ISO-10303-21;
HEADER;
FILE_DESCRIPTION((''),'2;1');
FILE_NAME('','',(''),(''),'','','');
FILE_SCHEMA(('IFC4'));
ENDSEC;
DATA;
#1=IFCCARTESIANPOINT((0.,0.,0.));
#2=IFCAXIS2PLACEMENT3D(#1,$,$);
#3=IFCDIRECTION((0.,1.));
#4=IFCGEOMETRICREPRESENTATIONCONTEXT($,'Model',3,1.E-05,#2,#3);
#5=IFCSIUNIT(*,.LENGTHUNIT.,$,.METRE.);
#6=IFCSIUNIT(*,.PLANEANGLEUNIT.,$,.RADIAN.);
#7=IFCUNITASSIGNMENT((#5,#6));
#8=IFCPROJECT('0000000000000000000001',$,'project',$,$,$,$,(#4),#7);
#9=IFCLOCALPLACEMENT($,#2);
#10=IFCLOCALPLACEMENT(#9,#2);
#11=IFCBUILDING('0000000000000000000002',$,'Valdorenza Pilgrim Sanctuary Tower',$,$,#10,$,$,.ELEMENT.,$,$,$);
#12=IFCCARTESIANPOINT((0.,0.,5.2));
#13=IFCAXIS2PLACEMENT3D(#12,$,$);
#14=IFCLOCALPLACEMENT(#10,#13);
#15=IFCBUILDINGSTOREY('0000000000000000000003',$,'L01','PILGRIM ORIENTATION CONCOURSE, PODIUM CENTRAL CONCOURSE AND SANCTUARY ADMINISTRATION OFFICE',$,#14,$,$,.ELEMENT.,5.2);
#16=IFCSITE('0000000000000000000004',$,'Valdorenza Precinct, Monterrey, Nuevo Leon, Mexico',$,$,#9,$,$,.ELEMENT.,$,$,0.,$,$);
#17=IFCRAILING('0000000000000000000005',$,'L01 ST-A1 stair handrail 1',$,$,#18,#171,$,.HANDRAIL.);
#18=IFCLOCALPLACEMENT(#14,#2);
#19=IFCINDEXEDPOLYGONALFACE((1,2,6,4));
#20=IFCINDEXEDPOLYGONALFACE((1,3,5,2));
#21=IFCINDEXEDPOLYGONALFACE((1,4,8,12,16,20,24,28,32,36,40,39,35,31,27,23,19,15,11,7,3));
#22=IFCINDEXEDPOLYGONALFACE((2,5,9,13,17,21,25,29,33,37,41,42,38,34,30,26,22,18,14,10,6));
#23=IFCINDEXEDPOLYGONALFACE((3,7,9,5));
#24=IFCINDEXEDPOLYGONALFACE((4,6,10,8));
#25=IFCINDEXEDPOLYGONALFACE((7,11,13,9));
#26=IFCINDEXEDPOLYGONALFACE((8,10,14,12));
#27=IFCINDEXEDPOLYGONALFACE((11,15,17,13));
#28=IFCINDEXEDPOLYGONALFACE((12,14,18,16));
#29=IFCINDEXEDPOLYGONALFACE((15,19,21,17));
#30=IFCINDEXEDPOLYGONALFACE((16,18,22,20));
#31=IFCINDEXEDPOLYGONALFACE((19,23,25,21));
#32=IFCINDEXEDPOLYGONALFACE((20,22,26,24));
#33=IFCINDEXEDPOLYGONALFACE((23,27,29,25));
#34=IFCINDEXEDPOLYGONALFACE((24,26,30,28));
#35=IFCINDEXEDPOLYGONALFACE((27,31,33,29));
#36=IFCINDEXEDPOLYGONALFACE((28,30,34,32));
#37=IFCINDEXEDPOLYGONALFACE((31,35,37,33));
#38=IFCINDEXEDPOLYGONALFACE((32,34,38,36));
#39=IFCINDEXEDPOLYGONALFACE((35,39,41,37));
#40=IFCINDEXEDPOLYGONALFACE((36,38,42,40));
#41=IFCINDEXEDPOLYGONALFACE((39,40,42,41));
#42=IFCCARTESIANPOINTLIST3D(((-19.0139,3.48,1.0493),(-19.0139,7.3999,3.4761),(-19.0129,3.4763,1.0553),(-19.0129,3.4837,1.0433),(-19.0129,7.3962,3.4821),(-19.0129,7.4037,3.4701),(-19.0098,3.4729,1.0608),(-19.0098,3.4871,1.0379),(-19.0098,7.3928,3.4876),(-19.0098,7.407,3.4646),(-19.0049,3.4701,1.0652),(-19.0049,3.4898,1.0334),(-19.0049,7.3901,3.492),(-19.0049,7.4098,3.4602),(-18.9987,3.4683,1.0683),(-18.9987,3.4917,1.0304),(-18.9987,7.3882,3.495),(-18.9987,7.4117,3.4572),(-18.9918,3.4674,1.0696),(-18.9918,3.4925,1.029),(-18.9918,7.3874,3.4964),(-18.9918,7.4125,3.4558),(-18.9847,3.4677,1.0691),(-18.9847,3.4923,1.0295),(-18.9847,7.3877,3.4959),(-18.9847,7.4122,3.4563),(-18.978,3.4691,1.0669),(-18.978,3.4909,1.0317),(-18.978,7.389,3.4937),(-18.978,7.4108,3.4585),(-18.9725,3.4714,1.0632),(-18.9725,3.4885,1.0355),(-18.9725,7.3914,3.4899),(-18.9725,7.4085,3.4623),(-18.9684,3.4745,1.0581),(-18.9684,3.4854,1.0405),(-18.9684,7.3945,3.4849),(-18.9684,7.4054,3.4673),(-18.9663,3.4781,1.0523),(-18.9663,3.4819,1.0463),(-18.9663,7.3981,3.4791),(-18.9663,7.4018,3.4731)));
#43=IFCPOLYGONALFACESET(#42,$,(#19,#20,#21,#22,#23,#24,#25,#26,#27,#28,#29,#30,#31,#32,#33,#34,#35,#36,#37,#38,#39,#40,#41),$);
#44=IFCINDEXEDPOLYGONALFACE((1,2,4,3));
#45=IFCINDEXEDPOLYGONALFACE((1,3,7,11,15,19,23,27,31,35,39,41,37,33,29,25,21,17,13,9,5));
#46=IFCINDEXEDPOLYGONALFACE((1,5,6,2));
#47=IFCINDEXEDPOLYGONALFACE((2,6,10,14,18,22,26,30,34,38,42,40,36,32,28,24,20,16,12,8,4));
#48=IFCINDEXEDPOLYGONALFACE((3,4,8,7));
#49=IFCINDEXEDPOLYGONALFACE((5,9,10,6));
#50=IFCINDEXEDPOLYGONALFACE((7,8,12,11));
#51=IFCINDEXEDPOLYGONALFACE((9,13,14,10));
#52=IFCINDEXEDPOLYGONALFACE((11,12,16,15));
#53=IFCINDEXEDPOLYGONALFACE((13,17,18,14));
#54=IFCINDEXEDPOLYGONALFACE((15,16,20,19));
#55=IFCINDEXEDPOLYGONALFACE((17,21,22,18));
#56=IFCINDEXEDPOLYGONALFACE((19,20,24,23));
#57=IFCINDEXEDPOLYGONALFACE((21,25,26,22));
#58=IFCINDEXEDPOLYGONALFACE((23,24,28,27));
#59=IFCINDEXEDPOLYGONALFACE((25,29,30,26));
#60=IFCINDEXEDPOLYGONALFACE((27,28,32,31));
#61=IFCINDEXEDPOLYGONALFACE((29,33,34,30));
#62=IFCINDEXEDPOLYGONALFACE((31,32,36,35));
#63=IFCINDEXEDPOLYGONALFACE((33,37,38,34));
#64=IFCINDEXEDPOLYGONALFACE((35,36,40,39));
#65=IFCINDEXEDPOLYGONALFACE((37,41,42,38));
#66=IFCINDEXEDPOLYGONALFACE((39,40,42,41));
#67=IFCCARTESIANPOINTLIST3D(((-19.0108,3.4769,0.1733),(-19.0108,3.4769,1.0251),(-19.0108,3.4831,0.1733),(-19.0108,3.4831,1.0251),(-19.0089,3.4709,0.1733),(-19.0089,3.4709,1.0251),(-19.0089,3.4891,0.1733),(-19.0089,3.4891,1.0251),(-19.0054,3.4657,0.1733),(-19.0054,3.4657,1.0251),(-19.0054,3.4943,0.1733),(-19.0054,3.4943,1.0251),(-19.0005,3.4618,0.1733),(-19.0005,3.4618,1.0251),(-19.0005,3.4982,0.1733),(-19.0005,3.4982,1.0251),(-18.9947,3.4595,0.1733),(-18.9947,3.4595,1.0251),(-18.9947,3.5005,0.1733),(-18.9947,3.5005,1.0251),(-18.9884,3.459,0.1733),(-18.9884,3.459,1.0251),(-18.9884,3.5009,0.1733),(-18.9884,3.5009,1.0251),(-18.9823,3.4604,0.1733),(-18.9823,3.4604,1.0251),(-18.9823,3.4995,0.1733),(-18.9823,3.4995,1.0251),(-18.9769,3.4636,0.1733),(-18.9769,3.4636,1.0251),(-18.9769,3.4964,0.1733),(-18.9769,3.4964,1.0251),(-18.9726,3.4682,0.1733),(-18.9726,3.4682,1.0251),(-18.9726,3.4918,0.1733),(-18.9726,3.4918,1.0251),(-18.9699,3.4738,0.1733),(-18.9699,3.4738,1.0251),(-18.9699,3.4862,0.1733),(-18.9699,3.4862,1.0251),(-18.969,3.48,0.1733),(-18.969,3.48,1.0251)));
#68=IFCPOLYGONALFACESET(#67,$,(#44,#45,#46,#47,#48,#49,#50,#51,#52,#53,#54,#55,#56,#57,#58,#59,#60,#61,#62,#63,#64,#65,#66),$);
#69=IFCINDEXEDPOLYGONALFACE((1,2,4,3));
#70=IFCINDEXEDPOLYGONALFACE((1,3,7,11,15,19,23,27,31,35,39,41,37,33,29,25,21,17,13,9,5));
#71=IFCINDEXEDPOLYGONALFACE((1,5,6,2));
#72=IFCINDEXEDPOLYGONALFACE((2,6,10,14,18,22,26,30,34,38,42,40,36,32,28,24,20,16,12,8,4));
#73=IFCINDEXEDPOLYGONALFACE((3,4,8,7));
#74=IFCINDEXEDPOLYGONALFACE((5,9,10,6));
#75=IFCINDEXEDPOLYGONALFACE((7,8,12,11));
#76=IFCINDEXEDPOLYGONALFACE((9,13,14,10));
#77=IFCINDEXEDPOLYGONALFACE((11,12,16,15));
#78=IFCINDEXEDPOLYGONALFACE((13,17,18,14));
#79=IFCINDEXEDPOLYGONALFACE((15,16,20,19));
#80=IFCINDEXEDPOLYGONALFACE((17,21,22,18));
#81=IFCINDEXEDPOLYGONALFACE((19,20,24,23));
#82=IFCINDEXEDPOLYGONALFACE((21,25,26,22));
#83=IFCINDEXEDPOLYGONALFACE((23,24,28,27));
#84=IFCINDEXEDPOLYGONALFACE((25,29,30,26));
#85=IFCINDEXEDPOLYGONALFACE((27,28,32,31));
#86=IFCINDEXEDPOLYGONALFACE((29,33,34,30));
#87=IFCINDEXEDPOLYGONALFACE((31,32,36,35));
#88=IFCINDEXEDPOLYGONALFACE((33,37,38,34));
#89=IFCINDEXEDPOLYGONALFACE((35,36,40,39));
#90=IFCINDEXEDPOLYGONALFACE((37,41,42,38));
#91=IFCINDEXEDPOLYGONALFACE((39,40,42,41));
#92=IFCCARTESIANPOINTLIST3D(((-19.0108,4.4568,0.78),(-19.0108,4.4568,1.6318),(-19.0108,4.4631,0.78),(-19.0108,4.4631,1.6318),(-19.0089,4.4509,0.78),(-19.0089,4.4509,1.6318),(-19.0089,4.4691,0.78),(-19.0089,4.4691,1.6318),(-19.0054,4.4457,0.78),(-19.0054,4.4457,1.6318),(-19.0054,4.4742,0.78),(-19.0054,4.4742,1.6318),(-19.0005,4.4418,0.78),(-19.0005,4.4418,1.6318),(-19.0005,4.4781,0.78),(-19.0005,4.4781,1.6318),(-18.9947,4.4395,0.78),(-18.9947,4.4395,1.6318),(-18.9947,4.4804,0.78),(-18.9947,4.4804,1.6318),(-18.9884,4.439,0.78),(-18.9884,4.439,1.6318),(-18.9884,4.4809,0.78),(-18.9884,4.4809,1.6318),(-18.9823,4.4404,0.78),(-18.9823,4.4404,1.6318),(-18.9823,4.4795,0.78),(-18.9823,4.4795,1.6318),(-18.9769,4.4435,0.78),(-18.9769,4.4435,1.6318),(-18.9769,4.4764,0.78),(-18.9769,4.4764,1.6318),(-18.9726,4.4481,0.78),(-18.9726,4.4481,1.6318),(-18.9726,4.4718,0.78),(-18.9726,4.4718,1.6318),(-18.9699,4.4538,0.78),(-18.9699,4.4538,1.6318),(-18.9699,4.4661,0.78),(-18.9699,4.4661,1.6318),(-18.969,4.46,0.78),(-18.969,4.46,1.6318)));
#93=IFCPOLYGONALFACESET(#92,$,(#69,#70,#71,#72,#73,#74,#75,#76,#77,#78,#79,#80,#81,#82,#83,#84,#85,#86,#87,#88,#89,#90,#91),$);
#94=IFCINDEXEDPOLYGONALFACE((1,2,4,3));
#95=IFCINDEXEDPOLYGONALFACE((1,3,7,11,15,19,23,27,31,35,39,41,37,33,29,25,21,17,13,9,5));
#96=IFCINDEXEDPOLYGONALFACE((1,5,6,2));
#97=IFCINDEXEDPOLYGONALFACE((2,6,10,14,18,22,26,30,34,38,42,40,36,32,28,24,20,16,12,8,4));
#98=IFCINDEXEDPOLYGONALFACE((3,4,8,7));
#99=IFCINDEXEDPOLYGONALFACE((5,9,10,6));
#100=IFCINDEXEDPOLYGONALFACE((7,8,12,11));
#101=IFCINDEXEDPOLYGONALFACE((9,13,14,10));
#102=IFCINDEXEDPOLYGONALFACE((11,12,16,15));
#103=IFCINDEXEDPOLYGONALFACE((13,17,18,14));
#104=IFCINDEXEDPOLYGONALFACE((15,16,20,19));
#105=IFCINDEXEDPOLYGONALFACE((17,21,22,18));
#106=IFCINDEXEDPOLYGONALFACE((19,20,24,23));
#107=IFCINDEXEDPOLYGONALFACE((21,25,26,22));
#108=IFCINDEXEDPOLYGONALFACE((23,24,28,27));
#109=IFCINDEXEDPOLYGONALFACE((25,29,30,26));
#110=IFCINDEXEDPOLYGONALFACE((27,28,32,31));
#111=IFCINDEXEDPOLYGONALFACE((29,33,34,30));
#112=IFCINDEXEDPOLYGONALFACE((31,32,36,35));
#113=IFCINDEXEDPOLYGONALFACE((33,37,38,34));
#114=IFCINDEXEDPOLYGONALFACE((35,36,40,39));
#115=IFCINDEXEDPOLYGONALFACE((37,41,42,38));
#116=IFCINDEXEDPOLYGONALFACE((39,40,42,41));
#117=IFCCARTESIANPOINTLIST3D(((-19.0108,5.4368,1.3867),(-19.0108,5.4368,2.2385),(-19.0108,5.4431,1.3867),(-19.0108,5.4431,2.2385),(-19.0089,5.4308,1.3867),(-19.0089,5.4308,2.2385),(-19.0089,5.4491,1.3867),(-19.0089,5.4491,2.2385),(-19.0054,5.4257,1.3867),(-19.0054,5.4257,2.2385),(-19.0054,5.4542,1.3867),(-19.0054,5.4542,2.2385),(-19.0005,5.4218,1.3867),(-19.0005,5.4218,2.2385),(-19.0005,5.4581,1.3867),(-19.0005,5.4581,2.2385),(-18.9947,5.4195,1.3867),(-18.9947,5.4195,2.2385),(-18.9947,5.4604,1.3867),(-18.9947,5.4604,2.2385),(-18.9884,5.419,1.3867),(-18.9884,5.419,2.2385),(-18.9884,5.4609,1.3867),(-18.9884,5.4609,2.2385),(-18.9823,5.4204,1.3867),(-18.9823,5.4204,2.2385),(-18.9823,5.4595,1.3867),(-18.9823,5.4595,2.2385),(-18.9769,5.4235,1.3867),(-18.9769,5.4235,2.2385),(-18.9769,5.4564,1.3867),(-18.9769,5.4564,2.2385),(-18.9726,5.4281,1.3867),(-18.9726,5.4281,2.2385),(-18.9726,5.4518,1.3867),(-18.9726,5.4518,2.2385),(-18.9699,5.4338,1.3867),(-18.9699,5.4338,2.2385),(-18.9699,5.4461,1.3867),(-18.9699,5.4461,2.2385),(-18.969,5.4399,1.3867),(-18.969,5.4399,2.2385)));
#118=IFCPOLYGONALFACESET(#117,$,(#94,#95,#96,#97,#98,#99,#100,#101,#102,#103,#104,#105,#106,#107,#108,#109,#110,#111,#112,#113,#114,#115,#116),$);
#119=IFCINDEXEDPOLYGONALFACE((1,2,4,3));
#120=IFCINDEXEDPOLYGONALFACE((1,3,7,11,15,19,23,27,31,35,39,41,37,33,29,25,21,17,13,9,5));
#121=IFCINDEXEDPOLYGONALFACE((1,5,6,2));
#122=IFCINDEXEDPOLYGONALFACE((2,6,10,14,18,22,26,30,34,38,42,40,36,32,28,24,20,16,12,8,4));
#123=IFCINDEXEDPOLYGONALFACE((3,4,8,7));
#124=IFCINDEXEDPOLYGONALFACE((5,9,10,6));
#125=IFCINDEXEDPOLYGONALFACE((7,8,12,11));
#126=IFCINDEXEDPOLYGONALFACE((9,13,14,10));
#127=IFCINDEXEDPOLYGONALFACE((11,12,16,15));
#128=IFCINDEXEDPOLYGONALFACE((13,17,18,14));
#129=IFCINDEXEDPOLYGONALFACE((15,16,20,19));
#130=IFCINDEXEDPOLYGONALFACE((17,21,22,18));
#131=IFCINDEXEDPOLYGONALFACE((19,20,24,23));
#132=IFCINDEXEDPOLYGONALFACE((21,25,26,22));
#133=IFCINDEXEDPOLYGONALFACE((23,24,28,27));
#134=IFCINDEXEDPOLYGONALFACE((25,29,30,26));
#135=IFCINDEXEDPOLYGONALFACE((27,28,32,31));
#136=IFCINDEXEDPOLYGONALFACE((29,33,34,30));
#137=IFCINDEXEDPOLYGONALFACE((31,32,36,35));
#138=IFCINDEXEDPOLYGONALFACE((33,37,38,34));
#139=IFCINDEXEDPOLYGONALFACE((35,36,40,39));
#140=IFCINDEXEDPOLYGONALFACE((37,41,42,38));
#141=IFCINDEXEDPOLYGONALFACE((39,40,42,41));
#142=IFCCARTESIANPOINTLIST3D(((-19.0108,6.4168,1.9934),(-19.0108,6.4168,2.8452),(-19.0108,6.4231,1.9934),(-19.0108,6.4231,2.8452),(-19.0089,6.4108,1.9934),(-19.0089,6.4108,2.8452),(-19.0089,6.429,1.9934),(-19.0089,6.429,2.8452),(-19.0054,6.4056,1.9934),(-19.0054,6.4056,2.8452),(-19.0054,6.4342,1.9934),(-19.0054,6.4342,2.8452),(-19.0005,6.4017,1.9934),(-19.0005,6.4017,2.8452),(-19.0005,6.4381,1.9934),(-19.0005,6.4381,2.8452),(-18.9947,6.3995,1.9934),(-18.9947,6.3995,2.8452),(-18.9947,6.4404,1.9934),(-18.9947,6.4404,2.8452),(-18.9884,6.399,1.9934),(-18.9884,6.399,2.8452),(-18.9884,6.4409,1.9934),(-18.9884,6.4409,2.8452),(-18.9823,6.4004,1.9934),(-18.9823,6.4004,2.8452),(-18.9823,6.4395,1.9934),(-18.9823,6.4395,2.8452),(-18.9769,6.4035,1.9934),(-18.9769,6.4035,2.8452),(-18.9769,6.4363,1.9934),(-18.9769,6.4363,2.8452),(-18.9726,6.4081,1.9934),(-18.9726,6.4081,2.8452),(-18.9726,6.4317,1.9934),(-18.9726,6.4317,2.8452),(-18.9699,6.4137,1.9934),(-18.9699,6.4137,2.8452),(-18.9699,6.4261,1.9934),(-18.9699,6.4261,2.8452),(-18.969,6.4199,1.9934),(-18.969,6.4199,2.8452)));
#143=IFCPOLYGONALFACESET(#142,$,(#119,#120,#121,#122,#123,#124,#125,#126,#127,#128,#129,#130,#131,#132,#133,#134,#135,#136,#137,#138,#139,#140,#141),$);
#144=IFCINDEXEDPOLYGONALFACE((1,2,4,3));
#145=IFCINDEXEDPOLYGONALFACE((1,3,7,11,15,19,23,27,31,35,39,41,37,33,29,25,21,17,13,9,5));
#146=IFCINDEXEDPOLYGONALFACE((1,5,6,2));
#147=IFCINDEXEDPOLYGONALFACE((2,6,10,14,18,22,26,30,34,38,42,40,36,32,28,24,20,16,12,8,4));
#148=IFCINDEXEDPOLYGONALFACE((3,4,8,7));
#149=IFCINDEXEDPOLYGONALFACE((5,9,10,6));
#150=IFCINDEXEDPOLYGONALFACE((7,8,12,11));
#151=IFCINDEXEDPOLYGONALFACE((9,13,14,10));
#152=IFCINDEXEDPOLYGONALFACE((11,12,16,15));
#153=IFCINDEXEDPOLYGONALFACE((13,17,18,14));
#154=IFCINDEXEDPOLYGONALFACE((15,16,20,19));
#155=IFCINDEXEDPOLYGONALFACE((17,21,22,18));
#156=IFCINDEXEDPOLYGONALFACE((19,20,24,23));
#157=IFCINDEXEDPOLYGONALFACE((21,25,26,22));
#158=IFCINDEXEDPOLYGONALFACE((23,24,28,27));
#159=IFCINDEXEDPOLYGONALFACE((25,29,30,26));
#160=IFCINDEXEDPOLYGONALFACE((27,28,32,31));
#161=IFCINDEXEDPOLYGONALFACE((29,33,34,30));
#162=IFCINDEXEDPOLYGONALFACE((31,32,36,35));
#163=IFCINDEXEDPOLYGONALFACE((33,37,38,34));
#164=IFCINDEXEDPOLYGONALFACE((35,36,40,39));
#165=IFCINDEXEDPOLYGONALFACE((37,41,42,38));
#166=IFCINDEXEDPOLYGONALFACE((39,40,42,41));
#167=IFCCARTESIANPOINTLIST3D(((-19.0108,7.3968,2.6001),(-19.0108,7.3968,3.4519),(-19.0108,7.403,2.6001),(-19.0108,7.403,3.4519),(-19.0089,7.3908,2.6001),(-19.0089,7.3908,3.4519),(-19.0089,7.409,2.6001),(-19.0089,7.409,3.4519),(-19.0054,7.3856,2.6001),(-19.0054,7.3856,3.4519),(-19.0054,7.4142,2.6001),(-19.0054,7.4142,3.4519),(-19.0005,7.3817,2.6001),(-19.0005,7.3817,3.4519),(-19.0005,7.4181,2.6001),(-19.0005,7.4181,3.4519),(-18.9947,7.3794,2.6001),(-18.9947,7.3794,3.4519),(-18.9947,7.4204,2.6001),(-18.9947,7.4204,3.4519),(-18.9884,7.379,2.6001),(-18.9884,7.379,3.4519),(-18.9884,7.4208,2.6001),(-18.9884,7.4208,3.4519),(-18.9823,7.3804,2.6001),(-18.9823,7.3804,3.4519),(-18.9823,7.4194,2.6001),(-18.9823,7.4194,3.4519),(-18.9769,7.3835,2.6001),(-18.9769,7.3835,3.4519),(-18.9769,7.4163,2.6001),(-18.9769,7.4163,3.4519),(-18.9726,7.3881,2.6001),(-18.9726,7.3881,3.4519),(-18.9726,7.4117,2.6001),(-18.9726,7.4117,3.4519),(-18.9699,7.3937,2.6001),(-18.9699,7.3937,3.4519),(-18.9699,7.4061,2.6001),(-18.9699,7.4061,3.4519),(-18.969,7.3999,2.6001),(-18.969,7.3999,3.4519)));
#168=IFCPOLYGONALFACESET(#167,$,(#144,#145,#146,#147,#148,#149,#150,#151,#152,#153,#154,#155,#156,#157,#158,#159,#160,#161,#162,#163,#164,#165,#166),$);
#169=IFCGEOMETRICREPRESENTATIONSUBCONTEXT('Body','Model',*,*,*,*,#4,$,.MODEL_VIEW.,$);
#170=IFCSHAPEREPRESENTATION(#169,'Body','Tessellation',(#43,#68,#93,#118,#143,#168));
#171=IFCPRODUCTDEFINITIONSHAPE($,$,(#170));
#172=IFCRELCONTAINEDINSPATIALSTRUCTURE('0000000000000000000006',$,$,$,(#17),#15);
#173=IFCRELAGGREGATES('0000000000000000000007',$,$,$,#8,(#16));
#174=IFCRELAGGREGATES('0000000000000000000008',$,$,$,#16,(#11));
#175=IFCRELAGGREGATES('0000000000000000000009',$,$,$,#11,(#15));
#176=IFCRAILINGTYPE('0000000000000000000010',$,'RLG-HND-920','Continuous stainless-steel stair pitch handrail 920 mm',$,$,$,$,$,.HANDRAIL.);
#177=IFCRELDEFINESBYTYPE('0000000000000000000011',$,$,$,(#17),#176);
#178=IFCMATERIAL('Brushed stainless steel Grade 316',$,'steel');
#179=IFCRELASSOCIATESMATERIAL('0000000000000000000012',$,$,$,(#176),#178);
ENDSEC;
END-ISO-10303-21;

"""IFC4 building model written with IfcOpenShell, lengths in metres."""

from ifc_helpers import new_model, si_unit, direction, frame, origin, origin_2d, place, context, subcontext, project, spatial, circle, extrude, material, type_object, element, save


model = new_model("IFC4")

# Units and contexts
model_context = context("Model", 3, precision=1e-05, world=origin(), true_north=direction((0.0, 1.0)))
body_context = subcontext(model_context, "Body", "Model", "MODEL_VIEW")
ifc_project = project(units=[si_unit("LENGTHUNIT", "METRE"), si_unit("PLANEANGLEUNIT", "RADIAN")], contexts=[model_context])

# Site, building, storey
site_placement = place(None, origin())
site = spatial("IfcSite", under=ifc_project, at=site_placement, Name="Valdorenza Precinct, Monterrey, Nuevo Leon, Mexico", CompositionType="ELEMENT", RefElevation=0.0)
building_placement = place(site_placement, origin())
building = spatial("IfcBuilding", under=site, at=building_placement, Name="Valdorenza Pilgrim Sanctuary Tower", CompositionType="ELEMENT")
storey_placement = place(building_placement, frame((0.0, 0.0, 5.2)))
storey = spatial("IfcBuildingStorey", under=building, at=storey_placement, Name="L01", Description="PILGRIM ORIENTATION CONCOURSE, PODIUM CENTRAL CONCOURSE AND SANCTUARY ADMINISTRATION OFFICE", CompositionType="ELEMENT", Elevation=5.2)

# Shared definitions
ifc_material_1 = material(Name="Brushed stainless steel Grade 316", Category="steel")

# Railing
railing_type = type_object("IfcRailingType", Name="RLG-HND-920", Description="Continuous stainless-steel stair pitch handrail 920 mm", PredefinedType="HANDRAIL", material=ifc_material_1)
railing_placement = place(storey_placement, frame((-18.99, 3.48, 0.1733)))
element("IfcRailing", 1, at=railing_placement, inside=storey, type_object=railing_type, Name="L01 ST-A1 stair handrail 1", PredefinedType="HANDRAIL", context=body_context, shape_type="SweptSolid", body=[
    extrude(circle(Radius=0.0239, at=origin_2d()), frame((0.0, 0.0, 0.876), z_axis=(0.0, 0.850252, 0.526376), x_axis=(-1.0, 0.0, 0.0)), (0.0, 0.0, 1.0), 4.6104),
    extrude(circle(Radius=0.021, at=origin_2d()), origin(), (0.0, 0.0, 1.0), 0.8518),
    extrude(circle(Radius=0.021, at=origin_2d()), frame((0.0, 0.98, 0.6067)), (0.0, 0.0, 1.0), 0.8518),
    extrude(circle(Radius=0.021, at=origin_2d()), frame((0.0, 1.96, 1.2134)), (0.0, 0.0, 1.0), 0.8518),
    extrude(circle(Radius=0.021, at=origin_2d()), frame((0.0, 2.9399, 1.8201)), (0.0, 0.0, 1.0), 0.8518),
    extrude(circle(Radius=0.021, at=origin_2d()), frame((0.0, 3.9199, 2.4268)), (0.0, 0.0, 1.0), 0.8518),
])

save(model, "model.ifc")
